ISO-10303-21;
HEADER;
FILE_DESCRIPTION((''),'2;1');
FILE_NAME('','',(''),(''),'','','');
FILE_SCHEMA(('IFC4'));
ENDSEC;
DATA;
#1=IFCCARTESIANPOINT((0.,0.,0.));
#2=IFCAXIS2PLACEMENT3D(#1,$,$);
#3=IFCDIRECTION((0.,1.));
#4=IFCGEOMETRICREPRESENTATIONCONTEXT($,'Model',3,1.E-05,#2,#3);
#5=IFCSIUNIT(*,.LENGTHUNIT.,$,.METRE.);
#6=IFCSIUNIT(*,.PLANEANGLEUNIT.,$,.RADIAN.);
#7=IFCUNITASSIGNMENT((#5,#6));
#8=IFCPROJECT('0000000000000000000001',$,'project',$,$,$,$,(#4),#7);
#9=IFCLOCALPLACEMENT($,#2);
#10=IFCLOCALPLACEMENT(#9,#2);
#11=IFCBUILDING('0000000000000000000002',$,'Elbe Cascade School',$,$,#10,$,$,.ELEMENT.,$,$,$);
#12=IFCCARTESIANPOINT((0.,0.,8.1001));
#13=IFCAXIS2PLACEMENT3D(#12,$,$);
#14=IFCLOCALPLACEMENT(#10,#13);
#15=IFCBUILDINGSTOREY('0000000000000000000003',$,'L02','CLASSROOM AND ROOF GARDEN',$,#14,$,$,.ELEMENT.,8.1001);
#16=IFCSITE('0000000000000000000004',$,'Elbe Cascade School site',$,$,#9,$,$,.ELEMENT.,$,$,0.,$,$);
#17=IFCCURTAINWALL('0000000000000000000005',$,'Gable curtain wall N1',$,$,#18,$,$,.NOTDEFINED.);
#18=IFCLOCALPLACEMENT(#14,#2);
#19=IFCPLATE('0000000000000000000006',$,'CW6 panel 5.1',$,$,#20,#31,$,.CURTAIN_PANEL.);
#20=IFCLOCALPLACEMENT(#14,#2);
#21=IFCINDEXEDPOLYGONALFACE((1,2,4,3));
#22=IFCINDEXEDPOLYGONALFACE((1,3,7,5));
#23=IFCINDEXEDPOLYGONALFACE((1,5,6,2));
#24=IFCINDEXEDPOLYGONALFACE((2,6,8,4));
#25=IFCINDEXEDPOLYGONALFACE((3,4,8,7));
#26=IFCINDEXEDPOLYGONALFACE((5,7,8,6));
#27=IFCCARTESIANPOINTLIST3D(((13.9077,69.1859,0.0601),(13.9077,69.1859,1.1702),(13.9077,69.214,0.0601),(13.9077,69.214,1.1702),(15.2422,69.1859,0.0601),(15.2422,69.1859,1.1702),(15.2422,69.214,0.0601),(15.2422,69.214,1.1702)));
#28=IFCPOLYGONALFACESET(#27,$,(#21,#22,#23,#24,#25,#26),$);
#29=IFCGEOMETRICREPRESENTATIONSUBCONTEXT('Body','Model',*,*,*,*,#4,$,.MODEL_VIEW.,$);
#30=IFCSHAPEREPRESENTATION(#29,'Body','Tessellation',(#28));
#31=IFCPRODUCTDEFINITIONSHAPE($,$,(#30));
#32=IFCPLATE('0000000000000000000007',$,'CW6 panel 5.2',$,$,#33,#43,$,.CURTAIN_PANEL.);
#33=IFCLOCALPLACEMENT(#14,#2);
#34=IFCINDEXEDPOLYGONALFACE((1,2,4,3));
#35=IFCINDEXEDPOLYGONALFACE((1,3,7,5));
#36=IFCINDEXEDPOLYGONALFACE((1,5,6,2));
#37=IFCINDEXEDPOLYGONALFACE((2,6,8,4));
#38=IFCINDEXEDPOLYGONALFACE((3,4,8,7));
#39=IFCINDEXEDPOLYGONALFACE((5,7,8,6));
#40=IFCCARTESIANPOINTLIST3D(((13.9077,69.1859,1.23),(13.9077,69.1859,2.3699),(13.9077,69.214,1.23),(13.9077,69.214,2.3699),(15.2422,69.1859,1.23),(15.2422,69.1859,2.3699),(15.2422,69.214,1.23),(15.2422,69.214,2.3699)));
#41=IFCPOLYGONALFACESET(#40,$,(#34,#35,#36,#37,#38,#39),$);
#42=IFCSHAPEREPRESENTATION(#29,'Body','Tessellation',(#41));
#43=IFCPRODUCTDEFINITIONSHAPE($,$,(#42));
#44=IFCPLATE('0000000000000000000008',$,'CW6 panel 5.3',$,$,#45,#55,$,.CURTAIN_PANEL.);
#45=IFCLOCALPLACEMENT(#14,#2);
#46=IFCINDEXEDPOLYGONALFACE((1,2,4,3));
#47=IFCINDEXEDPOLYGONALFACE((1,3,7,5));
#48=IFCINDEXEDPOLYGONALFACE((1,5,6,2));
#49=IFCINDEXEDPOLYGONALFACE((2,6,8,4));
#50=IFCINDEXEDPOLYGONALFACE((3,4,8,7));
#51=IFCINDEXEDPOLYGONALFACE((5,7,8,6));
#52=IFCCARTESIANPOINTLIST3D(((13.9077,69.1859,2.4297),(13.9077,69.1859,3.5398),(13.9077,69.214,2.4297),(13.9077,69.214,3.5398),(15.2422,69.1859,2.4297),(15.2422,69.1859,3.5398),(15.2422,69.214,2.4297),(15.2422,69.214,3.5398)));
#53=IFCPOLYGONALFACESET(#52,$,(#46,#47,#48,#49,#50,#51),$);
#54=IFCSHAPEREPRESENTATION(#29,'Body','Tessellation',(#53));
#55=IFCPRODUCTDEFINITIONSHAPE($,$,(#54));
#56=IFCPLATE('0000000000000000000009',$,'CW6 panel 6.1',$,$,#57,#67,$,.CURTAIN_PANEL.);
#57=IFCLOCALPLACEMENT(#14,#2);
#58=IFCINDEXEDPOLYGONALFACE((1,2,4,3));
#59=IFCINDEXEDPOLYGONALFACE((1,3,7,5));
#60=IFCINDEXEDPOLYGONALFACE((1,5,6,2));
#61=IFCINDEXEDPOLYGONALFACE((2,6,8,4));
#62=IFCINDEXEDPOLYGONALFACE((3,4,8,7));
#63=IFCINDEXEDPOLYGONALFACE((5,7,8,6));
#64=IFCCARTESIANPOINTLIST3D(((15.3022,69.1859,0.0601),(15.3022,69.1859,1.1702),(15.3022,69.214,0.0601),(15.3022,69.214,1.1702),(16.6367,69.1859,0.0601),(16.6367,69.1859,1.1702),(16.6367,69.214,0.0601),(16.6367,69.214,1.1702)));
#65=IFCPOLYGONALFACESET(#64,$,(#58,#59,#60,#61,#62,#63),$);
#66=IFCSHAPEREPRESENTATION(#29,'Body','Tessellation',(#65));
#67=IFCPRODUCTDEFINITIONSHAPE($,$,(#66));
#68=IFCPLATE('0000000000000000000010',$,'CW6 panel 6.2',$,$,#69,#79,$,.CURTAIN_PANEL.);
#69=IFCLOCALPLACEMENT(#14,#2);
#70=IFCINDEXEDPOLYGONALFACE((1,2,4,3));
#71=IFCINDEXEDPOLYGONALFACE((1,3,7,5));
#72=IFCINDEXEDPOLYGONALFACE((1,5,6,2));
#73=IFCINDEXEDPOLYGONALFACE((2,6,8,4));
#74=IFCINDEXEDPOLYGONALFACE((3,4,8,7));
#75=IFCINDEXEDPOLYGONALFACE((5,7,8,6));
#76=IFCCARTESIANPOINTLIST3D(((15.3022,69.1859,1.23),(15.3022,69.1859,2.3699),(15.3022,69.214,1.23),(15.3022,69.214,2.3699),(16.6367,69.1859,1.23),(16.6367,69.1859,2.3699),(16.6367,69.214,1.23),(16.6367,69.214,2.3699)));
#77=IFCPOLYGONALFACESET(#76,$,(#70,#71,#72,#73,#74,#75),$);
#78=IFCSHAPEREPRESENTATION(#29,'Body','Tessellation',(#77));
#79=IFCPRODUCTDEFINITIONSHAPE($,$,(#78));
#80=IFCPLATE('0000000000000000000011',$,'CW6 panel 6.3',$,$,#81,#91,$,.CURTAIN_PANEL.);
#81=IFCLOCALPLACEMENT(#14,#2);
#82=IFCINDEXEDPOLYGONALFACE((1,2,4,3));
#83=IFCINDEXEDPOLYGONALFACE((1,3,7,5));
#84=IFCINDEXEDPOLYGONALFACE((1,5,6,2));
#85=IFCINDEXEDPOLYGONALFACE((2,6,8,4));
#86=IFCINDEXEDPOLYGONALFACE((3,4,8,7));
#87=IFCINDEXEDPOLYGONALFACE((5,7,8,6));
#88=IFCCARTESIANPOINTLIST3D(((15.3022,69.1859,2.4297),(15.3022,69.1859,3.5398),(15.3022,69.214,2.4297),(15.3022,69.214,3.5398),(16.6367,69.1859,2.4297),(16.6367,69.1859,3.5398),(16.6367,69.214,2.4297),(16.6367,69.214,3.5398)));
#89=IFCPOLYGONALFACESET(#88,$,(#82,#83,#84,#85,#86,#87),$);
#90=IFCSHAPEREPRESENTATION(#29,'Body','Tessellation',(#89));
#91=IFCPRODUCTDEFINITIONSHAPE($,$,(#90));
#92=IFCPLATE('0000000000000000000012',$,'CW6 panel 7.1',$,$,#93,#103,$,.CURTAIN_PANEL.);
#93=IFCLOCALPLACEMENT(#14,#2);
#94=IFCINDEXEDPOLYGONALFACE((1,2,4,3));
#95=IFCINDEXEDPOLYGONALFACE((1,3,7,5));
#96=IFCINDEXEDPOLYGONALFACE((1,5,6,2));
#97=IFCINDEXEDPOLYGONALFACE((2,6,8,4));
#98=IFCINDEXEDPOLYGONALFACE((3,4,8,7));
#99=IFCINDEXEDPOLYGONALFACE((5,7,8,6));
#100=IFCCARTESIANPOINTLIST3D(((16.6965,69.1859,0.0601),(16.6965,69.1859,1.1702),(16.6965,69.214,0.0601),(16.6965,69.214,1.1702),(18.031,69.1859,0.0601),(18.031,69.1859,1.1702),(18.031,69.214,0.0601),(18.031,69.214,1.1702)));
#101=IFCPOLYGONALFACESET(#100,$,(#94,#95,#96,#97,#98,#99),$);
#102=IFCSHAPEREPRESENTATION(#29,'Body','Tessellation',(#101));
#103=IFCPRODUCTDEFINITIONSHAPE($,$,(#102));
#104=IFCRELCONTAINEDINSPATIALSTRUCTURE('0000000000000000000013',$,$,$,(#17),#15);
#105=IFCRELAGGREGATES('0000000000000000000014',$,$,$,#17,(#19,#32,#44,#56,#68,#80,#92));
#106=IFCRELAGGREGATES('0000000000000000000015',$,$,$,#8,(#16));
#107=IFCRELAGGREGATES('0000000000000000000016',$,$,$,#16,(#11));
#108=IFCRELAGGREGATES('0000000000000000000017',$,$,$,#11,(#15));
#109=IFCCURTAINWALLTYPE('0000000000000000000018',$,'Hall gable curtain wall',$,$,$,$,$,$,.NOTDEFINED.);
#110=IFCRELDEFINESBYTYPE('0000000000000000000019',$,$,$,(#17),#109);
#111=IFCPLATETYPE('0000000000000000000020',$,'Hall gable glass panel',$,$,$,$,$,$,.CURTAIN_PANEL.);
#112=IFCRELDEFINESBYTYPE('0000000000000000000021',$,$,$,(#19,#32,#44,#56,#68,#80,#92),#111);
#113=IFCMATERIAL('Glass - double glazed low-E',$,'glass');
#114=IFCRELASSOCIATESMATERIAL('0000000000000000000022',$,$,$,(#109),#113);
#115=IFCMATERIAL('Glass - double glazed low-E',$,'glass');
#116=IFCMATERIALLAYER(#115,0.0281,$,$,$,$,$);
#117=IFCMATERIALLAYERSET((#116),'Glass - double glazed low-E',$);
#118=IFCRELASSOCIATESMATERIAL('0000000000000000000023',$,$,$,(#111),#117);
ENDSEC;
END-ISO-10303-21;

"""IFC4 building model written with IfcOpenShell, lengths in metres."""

from ifc_helpers import new_model, si_unit, direction, frame, origin, origin_2d, place, context, subcontext, project, spatial, rectangle, extrude, material, layer, layer_set, type_object, element, aggregate, save


model = new_model("IFC4")

# Units and contexts
model_context = context("Model", 3, precision=1e-05, world=origin(), true_north=direction((0.0, 1.0)))
body_context = subcontext(model_context, "Body", "Model", "MODEL_VIEW")
ifc_project = project(units=[si_unit("LENGTHUNIT", "METRE"), si_unit("PLANEANGLEUNIT", "RADIAN")], contexts=[model_context])

# Site, building, storey
site_placement = place(None, origin())
site = spatial("IfcSite", under=ifc_project, at=site_placement, Name="Elbe Cascade School site", CompositionType="ELEMENT", RefElevation=0.0)
building_placement = place(site_placement, origin())
building = spatial("IfcBuilding", under=site, at=building_placement, Name="Elbe Cascade School", CompositionType="ELEMENT")
storey_placement = place(building_placement, frame((0.0, 0.0, 8.1001)))
storey = spatial("IfcBuildingStorey", under=building, at=storey_placement, Name="L02", Description="CLASSROOM AND ROOF GARDEN", CompositionType="ELEMENT", Elevation=8.1001)

# Curtain wall, plates
ifc_material_1 = material(Name="Glass - double glazed low-E", Category="glass")
curtain_wall_type = type_object("IfcCurtainWallType", Name="Hall gable curtain wall", PredefinedType="NOTDEFINED", material=ifc_material_1)
curtain_wall_placement = place(storey_placement, origin())
curtain_wall = element("IfcCurtainWall", 1, at=curtain_wall_placement, inside=storey, type_object=curtain_wall_type, Name="Gable curtain wall N1", PredefinedType="NOTDEFINED")
ifc_material_2 = material(Name="Glass - double glazed low-E", Category="glass")
ifc_layer = layer(ifc_material_2, 0.0281)
ifc_layer_set = layer_set([ifc_layer], Name="Glass - double glazed low-E")
plate_type = type_object("IfcPlateType", Name="Hall gable glass panel", PredefinedType="CURTAIN_PANEL", material=ifc_layer_set)
plate_1_placement = place(storey_placement, frame((14.575, 69.2, 0.0601), z_axis=(0.0, 0.0, 1.0), x_axis=(1.0, 0.0, 0.0)))
plate_1 = element("IfcPlate", 2, at=plate_1_placement, type_object=plate_type, Name="CW6 panel 5.1", PredefinedType="CURTAIN_PANEL", context=body_context, shape_type="SweptSolid", body=[
    extrude(rectangle(XDim=1.3345, YDim=0.0281, at=origin_2d()), origin(), (0.0, 0.0, 1.0), 1.1101),
])
plate_2_placement = place(storey_placement, frame((14.575, 69.2, 1.23), z_axis=(0.0, 0.0, 1.0), x_axis=(1.0, 0.0, 0.0)))
plate_2 = element("IfcPlate", 3, at=plate_2_placement, type_object=plate_type, Name="CW6 panel 5.2", PredefinedType="CURTAIN_PANEL", context=body_context, shape_type="SweptSolid", body=[
    extrude(rectangle(XDim=1.3345, YDim=0.0281, at=origin_2d()), origin(), (0.0, 0.0, 1.0), 1.1399),
])
plate_3_placement = place(storey_placement, frame((14.575, 69.2, 2.4297), z_axis=(0.0, 0.0, 1.0), x_axis=(1.0, 0.0, 0.0)))
plate_3 = element("IfcPlate", 4, at=plate_3_placement, type_object=plate_type, Name="CW6 panel 5.3", PredefinedType="CURTAIN_PANEL", context=body_context, shape_type="SweptSolid", body=[
    extrude(rectangle(XDim=1.3345, YDim=0.0281, at=origin_2d()), origin(), (0.0, 0.0, 1.0), 1.1101),
])
plate_4_placement = place(storey_placement, frame((15.9695, 69.2, 0.0601), z_axis=(0.0, 0.0, 1.0), x_axis=(1.0, 0.0, 0.0)))
plate_4 = element("IfcPlate", 5, at=plate_4_placement, type_object=plate_type, Name="CW6 panel 6.1", PredefinedType="CURTAIN_PANEL", context=body_context, shape_type="SweptSolid", body=[
    extrude(rectangle(XDim=1.3345, YDim=0.0281, at=origin_2d()), origin(), (0.0, 0.0, 1.0), 1.1101),
])
plate_5_placement = place(storey_placement, frame((15.9695, 69.2, 1.23), z_axis=(0.0, 0.0, 1.0), x_axis=(1.0, 0.0, 0.0)))
plate_5 = element("IfcPlate", 6, at=plate_5_placement, type_object=plate_type, Name="CW6 panel 6.2", PredefinedType="CURTAIN_PANEL", context=body_context, shape_type="SweptSolid", body=[
    extrude(rectangle(XDim=1.3345, YDim=0.0281, at=origin_2d()), origin(), (0.0, 0.0, 1.0), 1.1399),
])
plate_6_placement = place(storey_placement, frame((15.9695, 69.2, 2.4297), z_axis=(0.0, 0.0, 1.0), x_axis=(1.0, 0.0, 0.0)))
plate_6 = element("IfcPlate", 7, at=plate_6_placement, type_object=plate_type, Name="CW6 panel 6.3", PredefinedType="CURTAIN_PANEL", context=body_context, shape_type="SweptSolid", body=[
    extrude(rectangle(XDim=1.3345, YDim=0.0281, at=origin_2d()), origin(), (0.0, 0.0, 1.0), 1.1101),
])
plate_7_placement = place(storey_placement, frame((17.3638, 69.2, 0.0601), z_axis=(0.0, 0.0, 1.0), x_axis=(1.0, 0.0, 0.0)))
plate_7 = element("IfcPlate", 8, at=plate_7_placement, type_object=plate_type, Name="CW6 panel 7.1", PredefinedType="CURTAIN_PANEL", context=body_context, shape_type="SweptSolid", body=[
    extrude(rectangle(XDim=1.3345, YDim=0.0281, at=origin_2d()), origin(), (0.0, 0.0, 1.0), 1.1101),
])
aggregate(curtain_wall, [plate_1, plate_2, plate_3, plate_4, plate_5, plate_6, plate_7])

save(model, "model.ifc")
